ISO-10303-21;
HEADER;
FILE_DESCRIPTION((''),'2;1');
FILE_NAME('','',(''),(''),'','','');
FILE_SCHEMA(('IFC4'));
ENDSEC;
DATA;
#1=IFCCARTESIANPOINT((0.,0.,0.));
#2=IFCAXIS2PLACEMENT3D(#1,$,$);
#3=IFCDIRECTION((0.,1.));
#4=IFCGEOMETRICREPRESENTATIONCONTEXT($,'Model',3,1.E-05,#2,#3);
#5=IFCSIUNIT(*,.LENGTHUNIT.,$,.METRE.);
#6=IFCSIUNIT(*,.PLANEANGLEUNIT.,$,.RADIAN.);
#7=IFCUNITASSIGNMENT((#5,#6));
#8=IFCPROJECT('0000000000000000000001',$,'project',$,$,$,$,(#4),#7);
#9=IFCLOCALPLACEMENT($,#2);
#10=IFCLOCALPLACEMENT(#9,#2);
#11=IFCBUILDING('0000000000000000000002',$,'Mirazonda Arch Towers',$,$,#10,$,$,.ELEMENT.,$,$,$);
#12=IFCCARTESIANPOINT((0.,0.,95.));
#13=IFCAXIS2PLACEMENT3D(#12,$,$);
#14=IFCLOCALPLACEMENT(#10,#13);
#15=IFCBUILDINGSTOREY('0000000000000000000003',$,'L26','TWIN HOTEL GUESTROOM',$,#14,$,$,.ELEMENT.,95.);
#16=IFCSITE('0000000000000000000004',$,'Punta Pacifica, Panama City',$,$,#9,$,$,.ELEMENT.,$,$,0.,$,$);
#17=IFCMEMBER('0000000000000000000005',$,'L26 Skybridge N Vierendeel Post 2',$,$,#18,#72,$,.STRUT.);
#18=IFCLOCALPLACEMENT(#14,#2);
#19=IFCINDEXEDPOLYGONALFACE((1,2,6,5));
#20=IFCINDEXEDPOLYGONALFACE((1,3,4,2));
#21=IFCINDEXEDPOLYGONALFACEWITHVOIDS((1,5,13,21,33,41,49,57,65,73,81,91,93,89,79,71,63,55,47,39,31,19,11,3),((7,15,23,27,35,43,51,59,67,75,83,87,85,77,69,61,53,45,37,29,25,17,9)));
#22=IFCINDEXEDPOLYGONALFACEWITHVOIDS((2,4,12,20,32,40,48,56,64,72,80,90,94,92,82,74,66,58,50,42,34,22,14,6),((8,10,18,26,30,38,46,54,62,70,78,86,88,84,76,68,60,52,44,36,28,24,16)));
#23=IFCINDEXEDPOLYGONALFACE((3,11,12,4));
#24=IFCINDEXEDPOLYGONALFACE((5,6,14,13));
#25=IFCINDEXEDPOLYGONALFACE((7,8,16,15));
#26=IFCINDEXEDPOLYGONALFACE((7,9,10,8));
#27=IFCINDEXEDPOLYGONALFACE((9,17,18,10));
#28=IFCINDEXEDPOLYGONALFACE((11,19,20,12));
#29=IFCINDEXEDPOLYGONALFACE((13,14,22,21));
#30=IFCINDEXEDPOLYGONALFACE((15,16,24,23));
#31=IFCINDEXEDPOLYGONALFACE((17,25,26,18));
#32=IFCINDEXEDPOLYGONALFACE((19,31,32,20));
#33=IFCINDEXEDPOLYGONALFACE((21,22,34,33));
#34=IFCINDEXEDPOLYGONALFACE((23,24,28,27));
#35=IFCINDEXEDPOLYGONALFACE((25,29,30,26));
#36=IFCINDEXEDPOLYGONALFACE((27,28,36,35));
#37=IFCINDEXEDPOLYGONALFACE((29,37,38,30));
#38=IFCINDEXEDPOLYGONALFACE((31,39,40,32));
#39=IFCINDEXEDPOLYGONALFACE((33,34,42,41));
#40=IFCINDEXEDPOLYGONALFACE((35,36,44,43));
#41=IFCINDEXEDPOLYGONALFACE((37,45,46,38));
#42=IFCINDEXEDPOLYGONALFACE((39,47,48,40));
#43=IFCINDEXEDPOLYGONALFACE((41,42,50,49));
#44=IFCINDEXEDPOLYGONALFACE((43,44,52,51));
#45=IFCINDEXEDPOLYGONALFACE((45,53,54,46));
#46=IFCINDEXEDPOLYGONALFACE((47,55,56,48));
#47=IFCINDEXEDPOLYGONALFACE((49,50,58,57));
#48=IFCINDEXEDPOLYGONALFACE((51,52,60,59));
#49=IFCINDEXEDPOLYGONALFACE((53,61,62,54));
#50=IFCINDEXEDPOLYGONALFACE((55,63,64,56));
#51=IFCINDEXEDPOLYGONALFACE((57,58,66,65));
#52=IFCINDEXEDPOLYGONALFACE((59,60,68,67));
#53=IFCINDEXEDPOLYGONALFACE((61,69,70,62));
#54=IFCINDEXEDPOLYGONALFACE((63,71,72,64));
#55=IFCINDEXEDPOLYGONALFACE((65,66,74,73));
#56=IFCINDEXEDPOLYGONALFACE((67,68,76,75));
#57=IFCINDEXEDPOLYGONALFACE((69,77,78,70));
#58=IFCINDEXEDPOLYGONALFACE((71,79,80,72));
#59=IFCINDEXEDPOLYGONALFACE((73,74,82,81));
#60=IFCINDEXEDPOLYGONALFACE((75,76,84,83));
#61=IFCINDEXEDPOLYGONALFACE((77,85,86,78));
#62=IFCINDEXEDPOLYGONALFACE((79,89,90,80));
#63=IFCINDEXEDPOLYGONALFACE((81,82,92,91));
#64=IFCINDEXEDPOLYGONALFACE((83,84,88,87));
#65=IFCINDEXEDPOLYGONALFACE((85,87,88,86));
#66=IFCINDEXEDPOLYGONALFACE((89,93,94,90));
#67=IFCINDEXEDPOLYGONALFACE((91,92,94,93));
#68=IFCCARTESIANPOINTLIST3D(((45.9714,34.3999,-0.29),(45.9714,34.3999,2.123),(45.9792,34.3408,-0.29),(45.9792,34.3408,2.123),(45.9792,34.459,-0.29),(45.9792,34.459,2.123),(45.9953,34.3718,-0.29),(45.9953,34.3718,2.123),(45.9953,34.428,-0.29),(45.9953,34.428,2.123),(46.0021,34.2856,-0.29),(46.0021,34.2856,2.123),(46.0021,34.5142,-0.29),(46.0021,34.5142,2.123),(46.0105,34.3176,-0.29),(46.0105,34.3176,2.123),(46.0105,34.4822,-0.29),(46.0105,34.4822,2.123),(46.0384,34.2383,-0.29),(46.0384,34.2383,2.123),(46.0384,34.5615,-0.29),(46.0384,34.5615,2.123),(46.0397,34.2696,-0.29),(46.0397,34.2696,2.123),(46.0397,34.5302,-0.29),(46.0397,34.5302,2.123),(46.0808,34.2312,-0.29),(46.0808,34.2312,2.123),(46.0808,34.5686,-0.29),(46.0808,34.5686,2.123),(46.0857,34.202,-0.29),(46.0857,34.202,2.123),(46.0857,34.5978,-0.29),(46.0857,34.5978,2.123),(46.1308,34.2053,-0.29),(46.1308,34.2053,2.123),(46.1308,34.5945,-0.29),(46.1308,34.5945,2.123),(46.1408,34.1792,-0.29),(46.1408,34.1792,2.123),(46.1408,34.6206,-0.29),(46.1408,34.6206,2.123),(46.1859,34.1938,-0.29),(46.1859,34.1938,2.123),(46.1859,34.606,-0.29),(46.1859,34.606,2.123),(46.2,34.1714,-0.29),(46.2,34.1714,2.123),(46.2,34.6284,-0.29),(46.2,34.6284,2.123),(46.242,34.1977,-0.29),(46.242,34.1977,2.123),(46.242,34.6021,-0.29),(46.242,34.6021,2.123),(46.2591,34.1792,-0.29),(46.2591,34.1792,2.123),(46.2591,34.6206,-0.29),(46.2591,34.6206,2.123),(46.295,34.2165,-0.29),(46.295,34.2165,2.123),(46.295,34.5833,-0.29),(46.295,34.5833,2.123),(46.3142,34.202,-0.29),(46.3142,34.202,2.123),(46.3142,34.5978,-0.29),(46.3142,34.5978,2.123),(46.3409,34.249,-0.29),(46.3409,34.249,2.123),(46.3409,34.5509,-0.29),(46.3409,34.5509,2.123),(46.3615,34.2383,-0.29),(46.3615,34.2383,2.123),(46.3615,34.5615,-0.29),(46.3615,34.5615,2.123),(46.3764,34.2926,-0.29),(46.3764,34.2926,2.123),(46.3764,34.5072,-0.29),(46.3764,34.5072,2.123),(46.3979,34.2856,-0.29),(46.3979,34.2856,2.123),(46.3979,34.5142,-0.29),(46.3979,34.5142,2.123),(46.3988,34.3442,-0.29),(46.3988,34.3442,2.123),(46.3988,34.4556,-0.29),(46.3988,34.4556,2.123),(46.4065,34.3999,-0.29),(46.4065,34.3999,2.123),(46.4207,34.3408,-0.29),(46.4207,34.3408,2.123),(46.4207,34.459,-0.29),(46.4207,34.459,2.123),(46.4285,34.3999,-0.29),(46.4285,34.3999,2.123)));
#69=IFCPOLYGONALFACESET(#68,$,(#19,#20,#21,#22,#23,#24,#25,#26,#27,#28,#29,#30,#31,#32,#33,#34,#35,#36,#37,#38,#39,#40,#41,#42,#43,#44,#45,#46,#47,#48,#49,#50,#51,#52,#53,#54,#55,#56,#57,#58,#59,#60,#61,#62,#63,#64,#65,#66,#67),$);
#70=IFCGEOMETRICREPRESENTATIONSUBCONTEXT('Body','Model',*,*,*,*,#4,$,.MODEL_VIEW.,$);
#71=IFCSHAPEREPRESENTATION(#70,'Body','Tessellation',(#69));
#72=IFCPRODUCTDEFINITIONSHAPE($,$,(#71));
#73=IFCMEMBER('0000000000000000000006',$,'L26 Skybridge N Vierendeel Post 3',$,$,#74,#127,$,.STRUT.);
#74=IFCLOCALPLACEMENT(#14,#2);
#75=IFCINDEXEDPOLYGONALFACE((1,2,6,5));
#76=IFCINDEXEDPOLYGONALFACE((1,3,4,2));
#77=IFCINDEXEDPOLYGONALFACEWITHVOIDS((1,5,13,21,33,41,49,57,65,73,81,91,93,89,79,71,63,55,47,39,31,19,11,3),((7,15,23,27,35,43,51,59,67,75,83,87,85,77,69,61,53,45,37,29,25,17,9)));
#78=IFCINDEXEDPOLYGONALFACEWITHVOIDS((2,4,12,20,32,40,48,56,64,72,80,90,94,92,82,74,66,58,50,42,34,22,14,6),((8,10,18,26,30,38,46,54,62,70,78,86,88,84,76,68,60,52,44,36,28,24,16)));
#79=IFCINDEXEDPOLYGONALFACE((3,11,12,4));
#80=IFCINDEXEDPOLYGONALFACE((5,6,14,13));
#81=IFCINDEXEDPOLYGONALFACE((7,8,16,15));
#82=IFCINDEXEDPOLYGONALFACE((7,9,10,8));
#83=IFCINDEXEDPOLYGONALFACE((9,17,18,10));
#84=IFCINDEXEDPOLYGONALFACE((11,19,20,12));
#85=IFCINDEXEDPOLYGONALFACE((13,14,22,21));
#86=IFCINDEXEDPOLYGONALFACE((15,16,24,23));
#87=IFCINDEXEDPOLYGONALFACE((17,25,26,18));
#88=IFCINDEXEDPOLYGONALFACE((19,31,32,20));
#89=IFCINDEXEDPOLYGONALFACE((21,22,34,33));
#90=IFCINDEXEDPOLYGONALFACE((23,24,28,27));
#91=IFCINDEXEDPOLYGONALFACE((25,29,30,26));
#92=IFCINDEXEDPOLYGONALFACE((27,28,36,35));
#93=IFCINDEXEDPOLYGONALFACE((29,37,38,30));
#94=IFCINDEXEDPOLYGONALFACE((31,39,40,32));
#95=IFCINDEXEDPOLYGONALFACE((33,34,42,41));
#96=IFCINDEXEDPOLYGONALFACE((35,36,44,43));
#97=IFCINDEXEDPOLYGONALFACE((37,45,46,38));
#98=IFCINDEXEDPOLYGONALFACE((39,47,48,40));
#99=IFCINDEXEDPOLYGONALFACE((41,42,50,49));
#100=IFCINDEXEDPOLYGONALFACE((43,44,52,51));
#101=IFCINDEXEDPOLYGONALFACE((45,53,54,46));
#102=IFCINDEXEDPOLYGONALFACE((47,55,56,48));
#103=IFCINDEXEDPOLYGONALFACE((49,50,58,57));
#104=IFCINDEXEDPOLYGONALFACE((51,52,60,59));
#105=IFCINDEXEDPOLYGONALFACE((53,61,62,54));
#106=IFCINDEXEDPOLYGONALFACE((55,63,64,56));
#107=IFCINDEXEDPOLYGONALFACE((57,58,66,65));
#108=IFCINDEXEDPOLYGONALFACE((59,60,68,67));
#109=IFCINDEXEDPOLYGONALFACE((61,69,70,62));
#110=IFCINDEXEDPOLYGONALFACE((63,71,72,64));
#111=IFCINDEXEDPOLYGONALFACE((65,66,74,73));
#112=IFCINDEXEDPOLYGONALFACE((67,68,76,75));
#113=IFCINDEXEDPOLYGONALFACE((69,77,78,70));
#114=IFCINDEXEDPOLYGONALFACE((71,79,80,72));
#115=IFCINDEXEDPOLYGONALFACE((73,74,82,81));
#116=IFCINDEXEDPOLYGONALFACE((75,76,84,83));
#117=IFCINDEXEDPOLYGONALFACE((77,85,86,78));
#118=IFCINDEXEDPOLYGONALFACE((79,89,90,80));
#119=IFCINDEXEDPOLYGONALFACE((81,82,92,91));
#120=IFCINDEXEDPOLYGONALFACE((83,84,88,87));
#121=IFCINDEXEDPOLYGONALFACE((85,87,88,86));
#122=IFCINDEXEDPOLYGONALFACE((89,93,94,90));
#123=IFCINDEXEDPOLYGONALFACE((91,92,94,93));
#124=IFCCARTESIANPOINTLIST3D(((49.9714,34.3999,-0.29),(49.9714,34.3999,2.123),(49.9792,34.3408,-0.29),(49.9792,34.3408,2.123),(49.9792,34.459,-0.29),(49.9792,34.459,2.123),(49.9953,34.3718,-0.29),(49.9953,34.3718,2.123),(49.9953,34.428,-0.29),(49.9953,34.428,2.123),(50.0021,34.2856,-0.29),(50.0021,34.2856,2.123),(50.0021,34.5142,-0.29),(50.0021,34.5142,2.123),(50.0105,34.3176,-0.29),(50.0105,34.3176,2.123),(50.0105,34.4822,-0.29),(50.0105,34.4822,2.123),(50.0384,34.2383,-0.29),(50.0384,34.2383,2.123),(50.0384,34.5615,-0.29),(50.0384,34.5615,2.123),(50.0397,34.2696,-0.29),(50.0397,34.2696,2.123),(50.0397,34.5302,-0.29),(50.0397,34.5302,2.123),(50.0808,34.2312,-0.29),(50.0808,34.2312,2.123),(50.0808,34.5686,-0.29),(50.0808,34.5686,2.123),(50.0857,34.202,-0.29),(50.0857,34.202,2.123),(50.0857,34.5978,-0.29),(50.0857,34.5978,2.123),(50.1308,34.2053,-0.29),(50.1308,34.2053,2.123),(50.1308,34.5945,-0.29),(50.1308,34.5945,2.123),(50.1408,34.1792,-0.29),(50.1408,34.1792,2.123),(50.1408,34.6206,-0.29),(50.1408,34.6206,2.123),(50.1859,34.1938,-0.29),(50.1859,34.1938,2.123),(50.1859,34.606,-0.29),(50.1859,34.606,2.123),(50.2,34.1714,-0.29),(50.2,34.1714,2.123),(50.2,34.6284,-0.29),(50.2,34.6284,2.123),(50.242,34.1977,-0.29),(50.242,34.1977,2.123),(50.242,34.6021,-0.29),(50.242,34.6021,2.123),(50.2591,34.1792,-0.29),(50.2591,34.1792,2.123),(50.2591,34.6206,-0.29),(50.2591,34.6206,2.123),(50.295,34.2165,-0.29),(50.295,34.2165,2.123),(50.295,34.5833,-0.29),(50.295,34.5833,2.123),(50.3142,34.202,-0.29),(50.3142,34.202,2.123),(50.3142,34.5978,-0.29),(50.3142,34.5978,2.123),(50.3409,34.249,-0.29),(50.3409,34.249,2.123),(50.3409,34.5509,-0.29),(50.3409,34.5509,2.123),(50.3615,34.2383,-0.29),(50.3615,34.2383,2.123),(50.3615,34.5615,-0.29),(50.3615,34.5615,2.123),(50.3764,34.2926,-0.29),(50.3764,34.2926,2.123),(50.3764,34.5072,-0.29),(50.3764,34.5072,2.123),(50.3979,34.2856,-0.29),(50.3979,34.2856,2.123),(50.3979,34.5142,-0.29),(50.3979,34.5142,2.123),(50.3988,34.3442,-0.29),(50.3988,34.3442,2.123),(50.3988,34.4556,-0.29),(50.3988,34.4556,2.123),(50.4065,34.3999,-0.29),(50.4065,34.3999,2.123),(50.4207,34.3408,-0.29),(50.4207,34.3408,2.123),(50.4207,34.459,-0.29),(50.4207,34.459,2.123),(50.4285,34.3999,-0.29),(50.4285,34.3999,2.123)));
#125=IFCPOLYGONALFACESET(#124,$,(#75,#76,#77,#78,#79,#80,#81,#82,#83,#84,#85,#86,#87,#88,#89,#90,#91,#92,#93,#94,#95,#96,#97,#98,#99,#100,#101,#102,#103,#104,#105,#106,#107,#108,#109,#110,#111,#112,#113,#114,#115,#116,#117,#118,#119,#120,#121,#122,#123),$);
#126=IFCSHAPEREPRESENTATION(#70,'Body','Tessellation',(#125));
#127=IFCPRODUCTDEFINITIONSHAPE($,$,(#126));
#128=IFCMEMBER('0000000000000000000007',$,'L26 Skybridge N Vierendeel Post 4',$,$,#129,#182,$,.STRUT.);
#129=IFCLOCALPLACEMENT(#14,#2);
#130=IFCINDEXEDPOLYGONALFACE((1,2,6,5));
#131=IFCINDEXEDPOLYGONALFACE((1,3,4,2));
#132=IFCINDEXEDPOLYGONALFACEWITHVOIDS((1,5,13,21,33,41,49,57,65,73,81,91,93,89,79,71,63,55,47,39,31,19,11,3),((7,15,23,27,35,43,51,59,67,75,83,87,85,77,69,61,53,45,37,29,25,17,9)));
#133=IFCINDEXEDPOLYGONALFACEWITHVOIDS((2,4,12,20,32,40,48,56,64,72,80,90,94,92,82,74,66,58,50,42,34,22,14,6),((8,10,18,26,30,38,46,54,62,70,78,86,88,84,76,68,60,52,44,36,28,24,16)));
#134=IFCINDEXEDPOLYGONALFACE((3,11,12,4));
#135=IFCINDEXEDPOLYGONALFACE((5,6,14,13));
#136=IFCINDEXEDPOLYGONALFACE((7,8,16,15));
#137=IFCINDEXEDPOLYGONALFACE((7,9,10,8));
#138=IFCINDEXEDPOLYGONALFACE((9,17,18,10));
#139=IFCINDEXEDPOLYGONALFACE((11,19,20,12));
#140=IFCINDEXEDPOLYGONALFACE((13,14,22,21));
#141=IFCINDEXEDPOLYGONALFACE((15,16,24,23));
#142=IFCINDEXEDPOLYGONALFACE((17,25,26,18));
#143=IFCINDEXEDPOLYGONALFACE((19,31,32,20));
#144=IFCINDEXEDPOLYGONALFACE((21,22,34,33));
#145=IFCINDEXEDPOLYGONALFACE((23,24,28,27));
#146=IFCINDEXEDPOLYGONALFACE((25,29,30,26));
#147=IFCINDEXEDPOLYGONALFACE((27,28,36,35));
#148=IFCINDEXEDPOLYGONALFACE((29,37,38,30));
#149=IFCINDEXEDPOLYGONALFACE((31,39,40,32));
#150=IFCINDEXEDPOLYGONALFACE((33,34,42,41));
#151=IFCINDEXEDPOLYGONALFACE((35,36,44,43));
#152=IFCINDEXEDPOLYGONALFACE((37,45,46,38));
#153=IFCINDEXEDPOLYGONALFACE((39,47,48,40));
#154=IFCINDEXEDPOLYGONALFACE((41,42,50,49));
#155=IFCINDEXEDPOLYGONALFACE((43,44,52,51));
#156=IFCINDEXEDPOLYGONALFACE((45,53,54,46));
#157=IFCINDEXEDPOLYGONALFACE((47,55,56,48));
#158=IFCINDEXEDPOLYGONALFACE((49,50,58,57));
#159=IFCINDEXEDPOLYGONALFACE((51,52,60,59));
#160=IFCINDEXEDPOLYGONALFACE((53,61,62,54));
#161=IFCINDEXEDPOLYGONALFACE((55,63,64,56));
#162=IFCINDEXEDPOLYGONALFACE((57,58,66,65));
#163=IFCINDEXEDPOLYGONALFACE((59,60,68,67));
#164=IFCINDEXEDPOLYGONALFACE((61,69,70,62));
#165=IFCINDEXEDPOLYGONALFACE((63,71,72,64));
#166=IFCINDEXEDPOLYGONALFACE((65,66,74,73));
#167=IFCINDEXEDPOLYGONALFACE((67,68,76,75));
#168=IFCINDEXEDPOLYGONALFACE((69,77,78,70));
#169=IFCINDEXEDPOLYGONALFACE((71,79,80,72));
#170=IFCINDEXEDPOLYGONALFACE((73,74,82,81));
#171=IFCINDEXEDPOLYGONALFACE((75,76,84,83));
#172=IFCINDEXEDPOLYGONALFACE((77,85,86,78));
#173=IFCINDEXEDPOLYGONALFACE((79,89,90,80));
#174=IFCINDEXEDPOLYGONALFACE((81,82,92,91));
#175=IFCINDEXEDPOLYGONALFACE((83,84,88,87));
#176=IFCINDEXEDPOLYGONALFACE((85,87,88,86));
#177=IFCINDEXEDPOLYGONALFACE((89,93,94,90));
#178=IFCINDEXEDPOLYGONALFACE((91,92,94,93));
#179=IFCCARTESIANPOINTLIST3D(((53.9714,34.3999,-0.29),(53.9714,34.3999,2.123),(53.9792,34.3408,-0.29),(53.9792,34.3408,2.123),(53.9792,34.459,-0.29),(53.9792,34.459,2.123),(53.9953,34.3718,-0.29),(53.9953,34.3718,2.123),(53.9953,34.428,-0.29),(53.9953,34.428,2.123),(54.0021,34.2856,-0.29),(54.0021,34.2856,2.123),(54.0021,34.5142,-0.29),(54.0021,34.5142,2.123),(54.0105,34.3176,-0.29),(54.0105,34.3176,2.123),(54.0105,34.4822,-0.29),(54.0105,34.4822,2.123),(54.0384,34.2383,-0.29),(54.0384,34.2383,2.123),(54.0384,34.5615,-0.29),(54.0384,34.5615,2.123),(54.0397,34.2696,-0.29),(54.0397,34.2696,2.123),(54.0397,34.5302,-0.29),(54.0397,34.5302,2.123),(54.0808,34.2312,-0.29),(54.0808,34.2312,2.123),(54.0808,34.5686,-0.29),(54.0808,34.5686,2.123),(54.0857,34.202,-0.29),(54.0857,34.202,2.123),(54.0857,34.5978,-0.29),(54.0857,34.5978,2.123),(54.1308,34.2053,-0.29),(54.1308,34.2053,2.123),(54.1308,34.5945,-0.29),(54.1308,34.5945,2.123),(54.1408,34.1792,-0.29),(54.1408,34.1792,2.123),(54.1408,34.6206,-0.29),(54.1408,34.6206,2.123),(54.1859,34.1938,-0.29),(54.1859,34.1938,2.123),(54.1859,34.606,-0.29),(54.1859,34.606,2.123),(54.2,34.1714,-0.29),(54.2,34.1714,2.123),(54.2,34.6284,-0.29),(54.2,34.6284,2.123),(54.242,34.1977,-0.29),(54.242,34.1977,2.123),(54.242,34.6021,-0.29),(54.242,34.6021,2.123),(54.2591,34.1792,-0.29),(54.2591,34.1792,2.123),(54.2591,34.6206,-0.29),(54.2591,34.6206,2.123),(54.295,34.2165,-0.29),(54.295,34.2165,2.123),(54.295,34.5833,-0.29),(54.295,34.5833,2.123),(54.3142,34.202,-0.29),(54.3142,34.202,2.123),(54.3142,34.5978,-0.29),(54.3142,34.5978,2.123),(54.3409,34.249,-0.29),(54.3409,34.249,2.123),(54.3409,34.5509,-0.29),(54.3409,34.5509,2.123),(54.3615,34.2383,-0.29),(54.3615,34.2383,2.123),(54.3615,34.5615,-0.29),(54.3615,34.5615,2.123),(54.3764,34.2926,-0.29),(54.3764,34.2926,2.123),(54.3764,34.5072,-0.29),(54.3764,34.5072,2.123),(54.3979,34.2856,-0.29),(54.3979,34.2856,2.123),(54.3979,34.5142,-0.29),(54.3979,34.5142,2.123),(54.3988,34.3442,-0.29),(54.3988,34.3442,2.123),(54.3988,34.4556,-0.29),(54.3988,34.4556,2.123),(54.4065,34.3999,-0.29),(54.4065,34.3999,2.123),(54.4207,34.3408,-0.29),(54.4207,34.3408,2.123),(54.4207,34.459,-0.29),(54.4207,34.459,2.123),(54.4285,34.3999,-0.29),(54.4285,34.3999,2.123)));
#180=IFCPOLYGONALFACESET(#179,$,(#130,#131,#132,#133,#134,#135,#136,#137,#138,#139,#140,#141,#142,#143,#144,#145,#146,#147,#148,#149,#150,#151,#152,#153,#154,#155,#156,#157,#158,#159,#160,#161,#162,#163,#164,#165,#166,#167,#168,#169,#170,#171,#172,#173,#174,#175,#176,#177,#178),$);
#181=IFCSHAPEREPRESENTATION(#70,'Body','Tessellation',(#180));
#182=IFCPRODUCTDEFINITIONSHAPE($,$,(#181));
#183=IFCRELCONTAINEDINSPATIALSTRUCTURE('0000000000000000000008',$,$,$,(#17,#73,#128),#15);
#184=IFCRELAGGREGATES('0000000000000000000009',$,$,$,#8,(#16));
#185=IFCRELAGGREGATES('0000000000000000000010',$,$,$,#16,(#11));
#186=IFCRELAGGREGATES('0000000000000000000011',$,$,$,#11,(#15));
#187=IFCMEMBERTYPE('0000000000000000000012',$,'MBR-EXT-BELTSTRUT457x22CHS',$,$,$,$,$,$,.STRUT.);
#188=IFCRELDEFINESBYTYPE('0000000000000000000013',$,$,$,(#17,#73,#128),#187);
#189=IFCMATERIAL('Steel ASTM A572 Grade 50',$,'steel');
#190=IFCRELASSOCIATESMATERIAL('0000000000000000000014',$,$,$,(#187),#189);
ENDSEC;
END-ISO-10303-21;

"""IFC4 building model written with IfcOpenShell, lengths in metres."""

from ifc_helpers import new_model, si_unit, direction, frame, origin, origin_2d, place, context, subcontext, project, spatial, hollow_circle, extrude, material, material_profile, profile_set, type_object, element, save


model = new_model("IFC4")

# Units and contexts
model_context = context("Model", 3, precision=1e-05, world=origin(), true_north=direction((0.0, 1.0)))
body_context = subcontext(model_context, "Body", "Model", "MODEL_VIEW")
ifc_project = project(units=[si_unit("LENGTHUNIT", "METRE"), si_unit("PLANEANGLEUNIT", "RADIAN")], contexts=[model_context])

# Site, building, storey
site_placement = place(None, origin())
site = spatial("IfcSite", under=ifc_project, at=site_placement, Name="Punta Pacifica, Panama City", CompositionType="ELEMENT", RefElevation=0.0)
building_placement = place(site_placement, origin())
building = spatial("IfcBuilding", under=site, at=building_placement, Name="Mirazonda Arch Towers", CompositionType="ELEMENT")
storey_placement = place(building_placement, frame((0.0, 0.0, 95.0)))
storey = spatial("IfcBuildingStorey", under=building, at=storey_placement, Name="L26", Description="TWIN HOTEL GUESTROOM", CompositionType="ELEMENT", Elevation=95.0)

# Members
ifc_material_1 = material(Name="Steel ASTM A572 Grade 50", Category="steel")
ifc_material_profile_1 = material_profile(ifc_material_1, hollow_circle(Radius=0.2285, WallThickness=0.022, at=origin_2d()), Name="BELTSTRUT457x22CHS")
ifc_profile_set_1 = profile_set([ifc_material_profile_1], Name="Steel ASTM A572 Grade 50")
member_type_1 = type_object("IfcMemberType", Name="MBR-EXT-BELTSTRUT457x22CHS", PredefinedType="STRUT", material=ifc_profile_set_1)
for number, where, z_axis, x_axis, name in (
    (1, (46.2, 34.3999, -0.29), (0.0, 0.0, 1.0), (1.0, 0.0, 0.0), "L26 Skybridge N Vierendeel Post 2"),
    (2, (50.2, 34.3999, -0.29), (0.0, 0.0, 1.0), (1.0, 0.0, 0.0), "L26 Skybridge N Vierendeel Post 3"),
    (3, (54.2, 34.3999, -0.29), (0.0, 0.0, 1.0), (1.0, 0.0, 0.0), "L26 Skybridge N Vierendeel Post 4"),
):
    element("IfcMember", number, at=place(storey_placement, frame(where, z_axis=z_axis, x_axis=x_axis)), inside=storey, type_object=member_type_1, Name=name, PredefinedType="STRUT", context=body_context, shape_type="SweptSolid", body=[
        extrude(hollow_circle(Radius=0.2285, WallThickness=0.022, at=origin_2d()), origin(), (0.0, 0.0, 1.0), 2.4131),
    ])

save(model, "model.ifc")
